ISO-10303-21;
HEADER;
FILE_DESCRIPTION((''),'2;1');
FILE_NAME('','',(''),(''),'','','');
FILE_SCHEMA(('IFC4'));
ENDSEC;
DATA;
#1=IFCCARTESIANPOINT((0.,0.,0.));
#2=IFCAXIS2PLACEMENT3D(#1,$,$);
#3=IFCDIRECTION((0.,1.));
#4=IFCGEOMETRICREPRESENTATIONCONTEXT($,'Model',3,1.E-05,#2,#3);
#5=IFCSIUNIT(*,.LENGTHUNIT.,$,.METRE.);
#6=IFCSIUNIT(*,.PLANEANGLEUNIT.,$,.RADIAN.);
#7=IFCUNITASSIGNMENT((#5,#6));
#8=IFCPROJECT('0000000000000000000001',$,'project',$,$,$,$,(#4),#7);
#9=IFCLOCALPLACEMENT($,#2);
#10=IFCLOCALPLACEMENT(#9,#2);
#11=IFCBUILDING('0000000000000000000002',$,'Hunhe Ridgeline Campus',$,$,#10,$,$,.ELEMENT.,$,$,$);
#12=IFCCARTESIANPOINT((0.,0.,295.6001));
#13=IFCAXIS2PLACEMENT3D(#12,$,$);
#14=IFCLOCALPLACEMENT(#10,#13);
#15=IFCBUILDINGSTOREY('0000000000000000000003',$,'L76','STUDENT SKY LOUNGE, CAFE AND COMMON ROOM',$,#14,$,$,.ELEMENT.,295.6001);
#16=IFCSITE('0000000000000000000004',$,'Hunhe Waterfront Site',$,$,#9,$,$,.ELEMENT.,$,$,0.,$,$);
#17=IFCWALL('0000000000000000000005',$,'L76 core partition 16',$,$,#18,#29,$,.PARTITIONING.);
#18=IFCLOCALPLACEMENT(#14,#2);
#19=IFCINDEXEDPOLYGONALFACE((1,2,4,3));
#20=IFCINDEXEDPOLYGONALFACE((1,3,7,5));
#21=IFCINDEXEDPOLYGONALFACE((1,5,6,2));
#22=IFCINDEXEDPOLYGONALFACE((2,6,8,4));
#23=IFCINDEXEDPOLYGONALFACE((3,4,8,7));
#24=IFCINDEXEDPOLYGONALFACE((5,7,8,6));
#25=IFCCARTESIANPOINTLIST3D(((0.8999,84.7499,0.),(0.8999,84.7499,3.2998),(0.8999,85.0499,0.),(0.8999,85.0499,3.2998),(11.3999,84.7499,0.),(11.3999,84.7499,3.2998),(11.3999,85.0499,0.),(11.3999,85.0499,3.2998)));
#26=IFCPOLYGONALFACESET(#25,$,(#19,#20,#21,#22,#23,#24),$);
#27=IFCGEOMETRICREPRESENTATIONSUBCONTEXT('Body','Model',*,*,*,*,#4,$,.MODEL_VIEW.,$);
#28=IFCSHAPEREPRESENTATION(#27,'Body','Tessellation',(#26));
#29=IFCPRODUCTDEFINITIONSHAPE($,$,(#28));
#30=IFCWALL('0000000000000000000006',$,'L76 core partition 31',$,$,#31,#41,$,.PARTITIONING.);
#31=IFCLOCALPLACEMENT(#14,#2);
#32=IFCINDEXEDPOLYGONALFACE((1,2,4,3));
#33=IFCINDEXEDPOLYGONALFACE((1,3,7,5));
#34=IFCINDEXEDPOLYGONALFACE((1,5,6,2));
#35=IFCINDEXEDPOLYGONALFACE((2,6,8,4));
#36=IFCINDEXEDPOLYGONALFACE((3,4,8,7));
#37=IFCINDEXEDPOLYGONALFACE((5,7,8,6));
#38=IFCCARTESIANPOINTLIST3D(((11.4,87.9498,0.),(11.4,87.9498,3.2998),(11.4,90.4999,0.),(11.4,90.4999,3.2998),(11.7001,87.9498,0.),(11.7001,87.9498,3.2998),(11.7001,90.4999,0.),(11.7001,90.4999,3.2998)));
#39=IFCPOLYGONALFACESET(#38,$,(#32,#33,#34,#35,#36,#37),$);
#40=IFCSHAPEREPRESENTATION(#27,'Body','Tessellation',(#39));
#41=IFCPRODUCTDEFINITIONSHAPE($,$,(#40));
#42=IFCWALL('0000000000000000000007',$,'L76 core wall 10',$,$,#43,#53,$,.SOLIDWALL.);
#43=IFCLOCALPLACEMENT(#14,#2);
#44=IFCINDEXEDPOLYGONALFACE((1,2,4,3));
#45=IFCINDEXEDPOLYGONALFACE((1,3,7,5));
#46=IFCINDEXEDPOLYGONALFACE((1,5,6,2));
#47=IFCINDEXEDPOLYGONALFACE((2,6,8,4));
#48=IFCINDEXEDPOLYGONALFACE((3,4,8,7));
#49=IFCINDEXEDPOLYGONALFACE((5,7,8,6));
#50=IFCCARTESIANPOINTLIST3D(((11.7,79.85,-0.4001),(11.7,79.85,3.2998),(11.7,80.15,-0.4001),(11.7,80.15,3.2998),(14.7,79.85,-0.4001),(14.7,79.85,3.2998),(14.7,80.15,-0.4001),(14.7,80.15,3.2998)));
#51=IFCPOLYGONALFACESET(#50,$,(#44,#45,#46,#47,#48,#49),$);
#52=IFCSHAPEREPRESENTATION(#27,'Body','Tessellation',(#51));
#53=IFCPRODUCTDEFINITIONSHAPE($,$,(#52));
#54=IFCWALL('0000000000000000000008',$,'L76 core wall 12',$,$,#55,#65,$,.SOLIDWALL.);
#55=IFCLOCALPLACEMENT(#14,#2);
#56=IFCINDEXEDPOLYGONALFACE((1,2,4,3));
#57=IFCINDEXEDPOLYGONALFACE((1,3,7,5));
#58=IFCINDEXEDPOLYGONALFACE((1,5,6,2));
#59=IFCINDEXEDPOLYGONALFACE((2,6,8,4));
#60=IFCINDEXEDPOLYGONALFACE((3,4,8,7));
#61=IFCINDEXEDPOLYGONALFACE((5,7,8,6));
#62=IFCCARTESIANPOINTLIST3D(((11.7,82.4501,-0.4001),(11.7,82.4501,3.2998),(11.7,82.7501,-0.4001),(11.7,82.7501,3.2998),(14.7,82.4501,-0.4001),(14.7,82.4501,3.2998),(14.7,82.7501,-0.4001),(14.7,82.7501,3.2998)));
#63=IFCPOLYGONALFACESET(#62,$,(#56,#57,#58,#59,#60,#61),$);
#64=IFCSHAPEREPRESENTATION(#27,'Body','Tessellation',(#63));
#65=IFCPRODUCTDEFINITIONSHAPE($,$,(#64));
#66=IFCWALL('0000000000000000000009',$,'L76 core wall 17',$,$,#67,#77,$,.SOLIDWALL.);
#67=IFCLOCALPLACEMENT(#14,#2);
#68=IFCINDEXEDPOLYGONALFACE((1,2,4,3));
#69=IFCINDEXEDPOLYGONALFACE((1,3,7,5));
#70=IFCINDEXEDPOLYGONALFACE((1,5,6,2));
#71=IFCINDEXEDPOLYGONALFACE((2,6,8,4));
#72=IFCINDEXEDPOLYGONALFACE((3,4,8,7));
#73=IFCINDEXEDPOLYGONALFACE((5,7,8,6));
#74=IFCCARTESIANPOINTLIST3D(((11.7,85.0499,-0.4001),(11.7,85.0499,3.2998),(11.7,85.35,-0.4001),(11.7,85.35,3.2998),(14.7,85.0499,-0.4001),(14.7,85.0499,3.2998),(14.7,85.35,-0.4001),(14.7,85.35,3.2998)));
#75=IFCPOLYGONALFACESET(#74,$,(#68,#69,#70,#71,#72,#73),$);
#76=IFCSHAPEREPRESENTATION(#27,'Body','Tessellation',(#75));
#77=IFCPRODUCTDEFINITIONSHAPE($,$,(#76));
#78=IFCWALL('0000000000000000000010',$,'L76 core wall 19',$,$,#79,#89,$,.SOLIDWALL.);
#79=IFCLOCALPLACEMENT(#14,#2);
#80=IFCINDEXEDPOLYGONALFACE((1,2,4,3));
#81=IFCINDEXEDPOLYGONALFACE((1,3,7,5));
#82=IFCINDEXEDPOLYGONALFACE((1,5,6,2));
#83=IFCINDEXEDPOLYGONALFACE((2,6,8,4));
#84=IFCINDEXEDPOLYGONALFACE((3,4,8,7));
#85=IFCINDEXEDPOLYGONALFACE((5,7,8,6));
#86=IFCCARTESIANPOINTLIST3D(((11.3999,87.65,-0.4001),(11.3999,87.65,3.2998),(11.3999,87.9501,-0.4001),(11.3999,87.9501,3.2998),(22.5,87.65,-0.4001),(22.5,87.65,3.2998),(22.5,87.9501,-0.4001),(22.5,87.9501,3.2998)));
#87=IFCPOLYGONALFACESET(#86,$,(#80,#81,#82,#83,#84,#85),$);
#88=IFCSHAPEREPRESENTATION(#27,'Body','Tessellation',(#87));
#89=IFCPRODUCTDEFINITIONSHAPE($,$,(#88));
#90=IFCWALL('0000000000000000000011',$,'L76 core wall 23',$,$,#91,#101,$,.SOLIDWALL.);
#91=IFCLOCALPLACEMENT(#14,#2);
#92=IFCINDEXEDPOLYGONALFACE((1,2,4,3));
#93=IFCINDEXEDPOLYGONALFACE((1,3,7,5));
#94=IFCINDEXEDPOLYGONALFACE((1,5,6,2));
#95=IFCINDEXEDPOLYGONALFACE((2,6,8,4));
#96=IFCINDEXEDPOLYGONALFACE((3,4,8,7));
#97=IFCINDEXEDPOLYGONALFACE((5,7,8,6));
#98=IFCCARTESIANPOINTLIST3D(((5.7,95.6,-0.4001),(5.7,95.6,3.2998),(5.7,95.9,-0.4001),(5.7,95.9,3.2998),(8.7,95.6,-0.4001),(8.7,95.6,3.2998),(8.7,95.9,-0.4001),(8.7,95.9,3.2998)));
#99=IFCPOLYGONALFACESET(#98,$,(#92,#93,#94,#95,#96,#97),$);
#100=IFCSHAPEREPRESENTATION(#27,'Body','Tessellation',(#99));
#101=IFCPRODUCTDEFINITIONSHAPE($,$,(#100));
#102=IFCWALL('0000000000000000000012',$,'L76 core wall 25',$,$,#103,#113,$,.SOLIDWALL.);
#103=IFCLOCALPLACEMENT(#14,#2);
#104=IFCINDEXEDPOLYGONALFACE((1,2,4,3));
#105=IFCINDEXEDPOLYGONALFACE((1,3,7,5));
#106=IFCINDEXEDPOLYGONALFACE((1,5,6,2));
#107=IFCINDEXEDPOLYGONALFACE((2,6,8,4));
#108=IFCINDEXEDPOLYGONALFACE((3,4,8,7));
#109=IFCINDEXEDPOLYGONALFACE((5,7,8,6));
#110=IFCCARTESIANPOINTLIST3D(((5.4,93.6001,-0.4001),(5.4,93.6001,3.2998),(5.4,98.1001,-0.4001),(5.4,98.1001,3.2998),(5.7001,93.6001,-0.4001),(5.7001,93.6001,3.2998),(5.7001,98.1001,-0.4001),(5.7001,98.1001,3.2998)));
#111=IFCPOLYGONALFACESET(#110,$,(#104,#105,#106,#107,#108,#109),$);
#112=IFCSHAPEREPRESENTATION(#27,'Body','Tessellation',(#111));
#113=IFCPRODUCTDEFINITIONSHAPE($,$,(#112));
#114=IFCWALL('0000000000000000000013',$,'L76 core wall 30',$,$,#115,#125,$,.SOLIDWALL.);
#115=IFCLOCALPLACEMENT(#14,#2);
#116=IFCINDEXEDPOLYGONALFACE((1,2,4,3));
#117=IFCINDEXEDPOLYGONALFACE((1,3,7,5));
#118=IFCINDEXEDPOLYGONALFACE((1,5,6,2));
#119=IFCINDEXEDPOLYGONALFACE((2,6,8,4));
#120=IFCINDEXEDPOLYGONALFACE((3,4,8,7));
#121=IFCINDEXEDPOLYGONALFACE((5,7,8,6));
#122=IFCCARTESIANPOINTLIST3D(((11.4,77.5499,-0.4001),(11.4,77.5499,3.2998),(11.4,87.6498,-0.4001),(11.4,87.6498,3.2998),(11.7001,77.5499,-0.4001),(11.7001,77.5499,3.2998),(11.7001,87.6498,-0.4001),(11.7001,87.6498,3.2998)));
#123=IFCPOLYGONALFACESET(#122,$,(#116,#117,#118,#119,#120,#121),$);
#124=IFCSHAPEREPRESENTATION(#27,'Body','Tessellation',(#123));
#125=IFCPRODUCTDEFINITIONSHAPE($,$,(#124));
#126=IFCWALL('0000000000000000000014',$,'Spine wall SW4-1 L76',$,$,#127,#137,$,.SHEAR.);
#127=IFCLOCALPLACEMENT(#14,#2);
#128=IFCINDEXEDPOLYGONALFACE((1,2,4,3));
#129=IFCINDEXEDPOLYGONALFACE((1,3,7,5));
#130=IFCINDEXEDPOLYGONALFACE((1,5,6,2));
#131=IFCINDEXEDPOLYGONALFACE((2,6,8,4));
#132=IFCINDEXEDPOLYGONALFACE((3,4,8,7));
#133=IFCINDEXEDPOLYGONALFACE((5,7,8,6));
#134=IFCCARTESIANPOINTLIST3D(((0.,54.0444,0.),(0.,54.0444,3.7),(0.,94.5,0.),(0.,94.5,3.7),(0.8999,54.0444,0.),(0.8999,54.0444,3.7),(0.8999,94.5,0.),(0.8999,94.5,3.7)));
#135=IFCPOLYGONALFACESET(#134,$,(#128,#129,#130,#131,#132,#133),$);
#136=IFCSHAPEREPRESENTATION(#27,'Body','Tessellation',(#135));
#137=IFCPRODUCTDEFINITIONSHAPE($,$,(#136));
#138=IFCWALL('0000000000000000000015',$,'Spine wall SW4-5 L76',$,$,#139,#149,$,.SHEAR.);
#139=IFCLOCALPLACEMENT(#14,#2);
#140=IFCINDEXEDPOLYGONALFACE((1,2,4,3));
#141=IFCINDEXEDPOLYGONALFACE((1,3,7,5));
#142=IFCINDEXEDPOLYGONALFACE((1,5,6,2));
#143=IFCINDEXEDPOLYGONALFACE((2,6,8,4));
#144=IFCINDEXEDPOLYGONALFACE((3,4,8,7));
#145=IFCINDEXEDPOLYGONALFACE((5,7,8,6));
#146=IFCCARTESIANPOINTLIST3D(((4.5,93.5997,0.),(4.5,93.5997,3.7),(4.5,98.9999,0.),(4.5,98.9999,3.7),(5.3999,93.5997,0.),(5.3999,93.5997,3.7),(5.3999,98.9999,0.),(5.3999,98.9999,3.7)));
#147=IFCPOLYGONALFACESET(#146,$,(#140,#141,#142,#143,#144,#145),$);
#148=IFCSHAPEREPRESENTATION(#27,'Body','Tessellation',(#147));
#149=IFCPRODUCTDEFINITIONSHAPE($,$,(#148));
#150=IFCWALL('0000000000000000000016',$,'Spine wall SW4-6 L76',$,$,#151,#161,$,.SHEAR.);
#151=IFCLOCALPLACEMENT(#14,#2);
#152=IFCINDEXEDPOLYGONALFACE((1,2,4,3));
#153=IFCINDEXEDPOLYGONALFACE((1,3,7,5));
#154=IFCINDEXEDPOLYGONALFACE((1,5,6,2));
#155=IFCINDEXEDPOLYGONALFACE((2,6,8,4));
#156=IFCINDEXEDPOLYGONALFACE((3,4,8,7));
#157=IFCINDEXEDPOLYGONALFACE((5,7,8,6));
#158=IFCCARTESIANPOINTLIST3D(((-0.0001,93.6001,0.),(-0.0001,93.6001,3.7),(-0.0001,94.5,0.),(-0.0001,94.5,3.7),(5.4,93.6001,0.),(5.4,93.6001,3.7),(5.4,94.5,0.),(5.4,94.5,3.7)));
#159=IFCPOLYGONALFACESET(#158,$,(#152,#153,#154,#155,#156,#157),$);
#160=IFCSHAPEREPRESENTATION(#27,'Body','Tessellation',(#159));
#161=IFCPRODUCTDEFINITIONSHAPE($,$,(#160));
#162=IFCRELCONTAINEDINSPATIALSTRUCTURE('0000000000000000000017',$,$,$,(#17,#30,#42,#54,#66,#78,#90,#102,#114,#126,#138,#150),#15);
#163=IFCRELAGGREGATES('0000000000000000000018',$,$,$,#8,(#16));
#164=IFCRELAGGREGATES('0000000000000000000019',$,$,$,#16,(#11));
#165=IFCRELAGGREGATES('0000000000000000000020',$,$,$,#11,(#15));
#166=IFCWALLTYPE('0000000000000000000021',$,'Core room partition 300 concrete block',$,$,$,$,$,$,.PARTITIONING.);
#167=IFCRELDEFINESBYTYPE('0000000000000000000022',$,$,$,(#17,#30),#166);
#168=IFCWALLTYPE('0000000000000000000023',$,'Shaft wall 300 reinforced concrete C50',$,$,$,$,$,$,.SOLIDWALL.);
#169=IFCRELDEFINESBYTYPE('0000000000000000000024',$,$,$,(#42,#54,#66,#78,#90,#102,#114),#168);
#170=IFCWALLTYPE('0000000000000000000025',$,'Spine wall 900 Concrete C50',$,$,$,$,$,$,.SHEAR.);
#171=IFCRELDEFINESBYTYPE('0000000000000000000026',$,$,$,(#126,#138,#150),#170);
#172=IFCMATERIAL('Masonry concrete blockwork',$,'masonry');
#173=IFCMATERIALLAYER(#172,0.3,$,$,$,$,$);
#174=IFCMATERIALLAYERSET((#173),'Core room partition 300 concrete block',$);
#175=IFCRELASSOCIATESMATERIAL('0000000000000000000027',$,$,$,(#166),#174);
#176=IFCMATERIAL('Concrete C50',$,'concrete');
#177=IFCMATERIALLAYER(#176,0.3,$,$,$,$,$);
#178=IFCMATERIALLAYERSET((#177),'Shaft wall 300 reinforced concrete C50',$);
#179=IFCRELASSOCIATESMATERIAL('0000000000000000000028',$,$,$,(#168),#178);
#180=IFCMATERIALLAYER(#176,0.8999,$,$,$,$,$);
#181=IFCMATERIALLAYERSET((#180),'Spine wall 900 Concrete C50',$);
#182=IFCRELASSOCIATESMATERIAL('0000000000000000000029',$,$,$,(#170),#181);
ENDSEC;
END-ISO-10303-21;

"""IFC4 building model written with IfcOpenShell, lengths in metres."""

from ifc_helpers import new_model, si_unit, direction, frame, frame_2d, origin, place, context, subcontext, project, spatial, rectangle, extrude, material, layer, layer_set, type_object, element, save


model = new_model("IFC4")

# Units and contexts
model_context = context("Model", 3, precision=1e-05, world=origin(), true_north=direction((0.0, 1.0)))
body_context = subcontext(model_context, "Body", "Model", "MODEL_VIEW")
ifc_project = project(units=[si_unit("LENGTHUNIT", "METRE"), si_unit("PLANEANGLEUNIT", "RADIAN")], contexts=[model_context])

# Site, building, storey
site_placement = place(None, origin())
site = spatial("IfcSite", under=ifc_project, at=site_placement, Name="Hunhe Waterfront Site", CompositionType="ELEMENT", RefElevation=0.0)
building_placement = place(site_placement, origin())
building = spatial("IfcBuilding", under=site, at=building_placement, Name="Hunhe Ridgeline Campus", CompositionType="ELEMENT")
storey_placement = place(building_placement, frame((0.0, 0.0, 295.6001)))
storey = spatial("IfcBuildingStorey", under=building, at=storey_placement, Name="L76", Description="STUDENT SKY LOUNGE, CAFE AND COMMON ROOM", CompositionType="ELEMENT", Elevation=295.6001)

# Walls
ifc_material_1 = material(Name="Masonry concrete blockwork", Category="masonry")
ifc_layer_1 = layer(ifc_material_1, 0.3)
ifc_layer_set_1 = layer_set([ifc_layer_1], Name="Core room partition 300 concrete block")
wall_type_1 = type_object("IfcWallType", Name="Core room partition 300 concrete block", PredefinedType="PARTITIONING", material=ifc_layer_set_1)
wall_1_placement = place(storey_placement, frame((0.8999, 84.8999, 0.0), z_axis=(0.0, 0.0, 1.0), x_axis=(1.0, 0.0, 0.0)))
element("IfcWall", 1, at=wall_1_placement, inside=storey, type_object=wall_type_1, Name="L76 core partition 16", PredefinedType="PARTITIONING", context=body_context, shape_type="SweptSolid", body=[
    extrude(rectangle(XDim=10.5, YDim=0.3, at=frame_2d((5.25, 0.0))), origin(), (0.0, 0.0, 1.0), 3.2998),
])
wall_2_placement = place(storey_placement, frame((11.55, 87.95, 0.0), z_axis=(0.0, 0.0, 1.0), x_axis=(0.0, 1.0, 0.0)))
element("IfcWall", 2, at=wall_2_placement, inside=storey, type_object=wall_type_1, Name="L76 core partition 31", PredefinedType="PARTITIONING", context=body_context, shape_type="SweptSolid", body=[
    extrude(rectangle(XDim=2.55, YDim=0.3, at=frame_2d((1.2749, 0.0))), origin(), (0.0, 0.0, 1.0), 3.2998),
])

# Shared definitions
ifc_material_2 = material(Name="Concrete C50", Category="concrete")

# Walls
ifc_layer_2 = layer(ifc_material_2, 0.3)
ifc_layer_set_2 = layer_set([ifc_layer_2], Name="Shaft wall 300 reinforced concrete C50")
wall_type_2 = type_object("IfcWallType", Name="Shaft wall 300 reinforced concrete C50", PredefinedType="SOLIDWALL", material=ifc_layer_set_2)
for number, where, z_axis, x_axis, name in (
    (3, (11.7, 80.0, -0.4001), (0.0, 0.0, 1.0), (1.0, 0.0, 0.0), "L76 core wall 10"),
    (4, (11.7, 82.6001, -0.4001), (0.0, 0.0, 1.0), (1.0, 0.0, 0.0), "L76 core wall 12"),
    (5, (11.7, 85.2, -0.4001), (0.0, 0.0, 1.0), (1.0, 0.0, 0.0), "L76 core wall 17"),
):
    element("IfcWall", number, at=place(storey_placement, frame(where, z_axis=z_axis, x_axis=x_axis)), inside=storey, type_object=wall_type_2, Name=name, PredefinedType="SOLIDWALL", context=body_context, shape_type="SweptSolid", body=[
        extrude(rectangle(XDim=3.0, YDim=0.3, at=frame_2d((1.5, 0.0))), origin(), (0.0, 0.0, 1.0), 3.7),
    ])
wall_3_placement = place(storey_placement, frame((11.3999, 87.8, -0.4001), z_axis=(0.0, 0.0, 1.0), x_axis=(1.0, 0.0, 0.0)))
element("IfcWall", 6, at=wall_3_placement, inside=storey, type_object=wall_type_2, Name="L76 core wall 19", PredefinedType="SOLIDWALL", context=body_context, shape_type="SweptSolid", body=[
    extrude(rectangle(XDim=11.1001, YDim=0.3, at=frame_2d((5.55, 0.0))), origin(), (0.0, 0.0, 1.0), 3.7),
])

# Walls
wall_4_placement = place(storey_placement, frame((5.7, 95.75, -0.4001), z_axis=(0.0, 0.0, 1.0), x_axis=(1.0, 0.0, 0.0)))
element("IfcWall", 7, at=wall_4_placement, inside=storey, type_object=wall_type_2, Name="L76 core wall 23", PredefinedType="SOLIDWALL", context=body_context, shape_type="SweptSolid", body=[
    extrude(rectangle(XDim=3.0, YDim=0.3, at=frame_2d((1.5, 0.0))), origin(), (0.0, 0.0, 1.0), 3.7),
])
wall_5_placement = place(storey_placement, frame((5.55, 93.6001, -0.4001), z_axis=(0.0, 0.0, 1.0), x_axis=(0.0, 1.0, 0.0)))
element("IfcWall", 8, at=wall_5_placement, inside=storey, type_object=wall_type_2, Name="L76 core wall 25", PredefinedType="SOLIDWALL", context=body_context, shape_type="SweptSolid", body=[
    extrude(rectangle(XDim=4.5, YDim=0.3, at=frame_2d((2.25, 0.0))), origin(), (0.0, 0.0, 1.0), 3.7),
])

# Walls
wall_6_placement = place(storey_placement, frame((11.55, 77.55, -0.4001), z_axis=(0.0, 0.0, 1.0), x_axis=(0.0, 1.0, 0.0)))
element("IfcWall", 9, at=wall_6_placement, inside=storey, type_object=wall_type_2, Name="L76 core wall 30", PredefinedType="SOLIDWALL", context=body_context, shape_type="SweptSolid", body=[
    extrude(rectangle(XDim=10.0999, YDim=0.3, at=frame_2d((5.0498, 0.0))), origin(), (0.0, 0.0, 1.0), 3.7),
])
ifc_layer_3 = layer(ifc_material_2, 0.8999)
ifc_layer_set_3 = layer_set([ifc_layer_3], Name="Spine wall 900 Concrete C50")
wall_type_3 = type_object("IfcWallType", Name="Spine wall 900 Concrete C50", PredefinedType="SHEAR", material=ifc_layer_set_3)
wall_7_placement = place(storey_placement, frame((0.45, 94.5, 0.0), z_axis=(0.0, 0.0, 1.0), x_axis=(0.0, -1.0, 0.0)))
element("IfcWall", 10, at=wall_7_placement, inside=storey, type_object=wall_type_3, Name="Spine wall SW4-1 L76", PredefinedType="SHEAR", context=body_context, shape_type="SweptSolid", body=[
    extrude(rectangle(XDim=40.4556, YDim=0.8999, at=frame_2d((20.2278, 0.0))), origin(), (0.0, 0.0, 1.0), 3.7),
])
for number, where, z_axis, x_axis, name in (
    (11, (4.95, 99.0, 0.0), (0.0, 0.0, 1.0), (0.0, -1.0, 0.0), "Spine wall SW4-5 L76"),
    (12, (5.4001, 94.05, 0.0), (0.0, 0.0, 1.0), (-1.0, 0.0, 0.0), "Spine wall SW4-6 L76"),
):
    element("IfcWall", number, at=place(storey_placement, frame(where, z_axis=z_axis, x_axis=x_axis)), inside=storey, type_object=wall_type_3, Name=name, PredefinedType="SHEAR", context=body_context, shape_type="SweptSolid", body=[
        extrude(rectangle(XDim=5.4001, YDim=0.8999, at=frame_2d((2.7002, 0.0))), origin(), (0.0, 0.0, 1.0), 3.7),
    ])

save(model, "model.ifc")
